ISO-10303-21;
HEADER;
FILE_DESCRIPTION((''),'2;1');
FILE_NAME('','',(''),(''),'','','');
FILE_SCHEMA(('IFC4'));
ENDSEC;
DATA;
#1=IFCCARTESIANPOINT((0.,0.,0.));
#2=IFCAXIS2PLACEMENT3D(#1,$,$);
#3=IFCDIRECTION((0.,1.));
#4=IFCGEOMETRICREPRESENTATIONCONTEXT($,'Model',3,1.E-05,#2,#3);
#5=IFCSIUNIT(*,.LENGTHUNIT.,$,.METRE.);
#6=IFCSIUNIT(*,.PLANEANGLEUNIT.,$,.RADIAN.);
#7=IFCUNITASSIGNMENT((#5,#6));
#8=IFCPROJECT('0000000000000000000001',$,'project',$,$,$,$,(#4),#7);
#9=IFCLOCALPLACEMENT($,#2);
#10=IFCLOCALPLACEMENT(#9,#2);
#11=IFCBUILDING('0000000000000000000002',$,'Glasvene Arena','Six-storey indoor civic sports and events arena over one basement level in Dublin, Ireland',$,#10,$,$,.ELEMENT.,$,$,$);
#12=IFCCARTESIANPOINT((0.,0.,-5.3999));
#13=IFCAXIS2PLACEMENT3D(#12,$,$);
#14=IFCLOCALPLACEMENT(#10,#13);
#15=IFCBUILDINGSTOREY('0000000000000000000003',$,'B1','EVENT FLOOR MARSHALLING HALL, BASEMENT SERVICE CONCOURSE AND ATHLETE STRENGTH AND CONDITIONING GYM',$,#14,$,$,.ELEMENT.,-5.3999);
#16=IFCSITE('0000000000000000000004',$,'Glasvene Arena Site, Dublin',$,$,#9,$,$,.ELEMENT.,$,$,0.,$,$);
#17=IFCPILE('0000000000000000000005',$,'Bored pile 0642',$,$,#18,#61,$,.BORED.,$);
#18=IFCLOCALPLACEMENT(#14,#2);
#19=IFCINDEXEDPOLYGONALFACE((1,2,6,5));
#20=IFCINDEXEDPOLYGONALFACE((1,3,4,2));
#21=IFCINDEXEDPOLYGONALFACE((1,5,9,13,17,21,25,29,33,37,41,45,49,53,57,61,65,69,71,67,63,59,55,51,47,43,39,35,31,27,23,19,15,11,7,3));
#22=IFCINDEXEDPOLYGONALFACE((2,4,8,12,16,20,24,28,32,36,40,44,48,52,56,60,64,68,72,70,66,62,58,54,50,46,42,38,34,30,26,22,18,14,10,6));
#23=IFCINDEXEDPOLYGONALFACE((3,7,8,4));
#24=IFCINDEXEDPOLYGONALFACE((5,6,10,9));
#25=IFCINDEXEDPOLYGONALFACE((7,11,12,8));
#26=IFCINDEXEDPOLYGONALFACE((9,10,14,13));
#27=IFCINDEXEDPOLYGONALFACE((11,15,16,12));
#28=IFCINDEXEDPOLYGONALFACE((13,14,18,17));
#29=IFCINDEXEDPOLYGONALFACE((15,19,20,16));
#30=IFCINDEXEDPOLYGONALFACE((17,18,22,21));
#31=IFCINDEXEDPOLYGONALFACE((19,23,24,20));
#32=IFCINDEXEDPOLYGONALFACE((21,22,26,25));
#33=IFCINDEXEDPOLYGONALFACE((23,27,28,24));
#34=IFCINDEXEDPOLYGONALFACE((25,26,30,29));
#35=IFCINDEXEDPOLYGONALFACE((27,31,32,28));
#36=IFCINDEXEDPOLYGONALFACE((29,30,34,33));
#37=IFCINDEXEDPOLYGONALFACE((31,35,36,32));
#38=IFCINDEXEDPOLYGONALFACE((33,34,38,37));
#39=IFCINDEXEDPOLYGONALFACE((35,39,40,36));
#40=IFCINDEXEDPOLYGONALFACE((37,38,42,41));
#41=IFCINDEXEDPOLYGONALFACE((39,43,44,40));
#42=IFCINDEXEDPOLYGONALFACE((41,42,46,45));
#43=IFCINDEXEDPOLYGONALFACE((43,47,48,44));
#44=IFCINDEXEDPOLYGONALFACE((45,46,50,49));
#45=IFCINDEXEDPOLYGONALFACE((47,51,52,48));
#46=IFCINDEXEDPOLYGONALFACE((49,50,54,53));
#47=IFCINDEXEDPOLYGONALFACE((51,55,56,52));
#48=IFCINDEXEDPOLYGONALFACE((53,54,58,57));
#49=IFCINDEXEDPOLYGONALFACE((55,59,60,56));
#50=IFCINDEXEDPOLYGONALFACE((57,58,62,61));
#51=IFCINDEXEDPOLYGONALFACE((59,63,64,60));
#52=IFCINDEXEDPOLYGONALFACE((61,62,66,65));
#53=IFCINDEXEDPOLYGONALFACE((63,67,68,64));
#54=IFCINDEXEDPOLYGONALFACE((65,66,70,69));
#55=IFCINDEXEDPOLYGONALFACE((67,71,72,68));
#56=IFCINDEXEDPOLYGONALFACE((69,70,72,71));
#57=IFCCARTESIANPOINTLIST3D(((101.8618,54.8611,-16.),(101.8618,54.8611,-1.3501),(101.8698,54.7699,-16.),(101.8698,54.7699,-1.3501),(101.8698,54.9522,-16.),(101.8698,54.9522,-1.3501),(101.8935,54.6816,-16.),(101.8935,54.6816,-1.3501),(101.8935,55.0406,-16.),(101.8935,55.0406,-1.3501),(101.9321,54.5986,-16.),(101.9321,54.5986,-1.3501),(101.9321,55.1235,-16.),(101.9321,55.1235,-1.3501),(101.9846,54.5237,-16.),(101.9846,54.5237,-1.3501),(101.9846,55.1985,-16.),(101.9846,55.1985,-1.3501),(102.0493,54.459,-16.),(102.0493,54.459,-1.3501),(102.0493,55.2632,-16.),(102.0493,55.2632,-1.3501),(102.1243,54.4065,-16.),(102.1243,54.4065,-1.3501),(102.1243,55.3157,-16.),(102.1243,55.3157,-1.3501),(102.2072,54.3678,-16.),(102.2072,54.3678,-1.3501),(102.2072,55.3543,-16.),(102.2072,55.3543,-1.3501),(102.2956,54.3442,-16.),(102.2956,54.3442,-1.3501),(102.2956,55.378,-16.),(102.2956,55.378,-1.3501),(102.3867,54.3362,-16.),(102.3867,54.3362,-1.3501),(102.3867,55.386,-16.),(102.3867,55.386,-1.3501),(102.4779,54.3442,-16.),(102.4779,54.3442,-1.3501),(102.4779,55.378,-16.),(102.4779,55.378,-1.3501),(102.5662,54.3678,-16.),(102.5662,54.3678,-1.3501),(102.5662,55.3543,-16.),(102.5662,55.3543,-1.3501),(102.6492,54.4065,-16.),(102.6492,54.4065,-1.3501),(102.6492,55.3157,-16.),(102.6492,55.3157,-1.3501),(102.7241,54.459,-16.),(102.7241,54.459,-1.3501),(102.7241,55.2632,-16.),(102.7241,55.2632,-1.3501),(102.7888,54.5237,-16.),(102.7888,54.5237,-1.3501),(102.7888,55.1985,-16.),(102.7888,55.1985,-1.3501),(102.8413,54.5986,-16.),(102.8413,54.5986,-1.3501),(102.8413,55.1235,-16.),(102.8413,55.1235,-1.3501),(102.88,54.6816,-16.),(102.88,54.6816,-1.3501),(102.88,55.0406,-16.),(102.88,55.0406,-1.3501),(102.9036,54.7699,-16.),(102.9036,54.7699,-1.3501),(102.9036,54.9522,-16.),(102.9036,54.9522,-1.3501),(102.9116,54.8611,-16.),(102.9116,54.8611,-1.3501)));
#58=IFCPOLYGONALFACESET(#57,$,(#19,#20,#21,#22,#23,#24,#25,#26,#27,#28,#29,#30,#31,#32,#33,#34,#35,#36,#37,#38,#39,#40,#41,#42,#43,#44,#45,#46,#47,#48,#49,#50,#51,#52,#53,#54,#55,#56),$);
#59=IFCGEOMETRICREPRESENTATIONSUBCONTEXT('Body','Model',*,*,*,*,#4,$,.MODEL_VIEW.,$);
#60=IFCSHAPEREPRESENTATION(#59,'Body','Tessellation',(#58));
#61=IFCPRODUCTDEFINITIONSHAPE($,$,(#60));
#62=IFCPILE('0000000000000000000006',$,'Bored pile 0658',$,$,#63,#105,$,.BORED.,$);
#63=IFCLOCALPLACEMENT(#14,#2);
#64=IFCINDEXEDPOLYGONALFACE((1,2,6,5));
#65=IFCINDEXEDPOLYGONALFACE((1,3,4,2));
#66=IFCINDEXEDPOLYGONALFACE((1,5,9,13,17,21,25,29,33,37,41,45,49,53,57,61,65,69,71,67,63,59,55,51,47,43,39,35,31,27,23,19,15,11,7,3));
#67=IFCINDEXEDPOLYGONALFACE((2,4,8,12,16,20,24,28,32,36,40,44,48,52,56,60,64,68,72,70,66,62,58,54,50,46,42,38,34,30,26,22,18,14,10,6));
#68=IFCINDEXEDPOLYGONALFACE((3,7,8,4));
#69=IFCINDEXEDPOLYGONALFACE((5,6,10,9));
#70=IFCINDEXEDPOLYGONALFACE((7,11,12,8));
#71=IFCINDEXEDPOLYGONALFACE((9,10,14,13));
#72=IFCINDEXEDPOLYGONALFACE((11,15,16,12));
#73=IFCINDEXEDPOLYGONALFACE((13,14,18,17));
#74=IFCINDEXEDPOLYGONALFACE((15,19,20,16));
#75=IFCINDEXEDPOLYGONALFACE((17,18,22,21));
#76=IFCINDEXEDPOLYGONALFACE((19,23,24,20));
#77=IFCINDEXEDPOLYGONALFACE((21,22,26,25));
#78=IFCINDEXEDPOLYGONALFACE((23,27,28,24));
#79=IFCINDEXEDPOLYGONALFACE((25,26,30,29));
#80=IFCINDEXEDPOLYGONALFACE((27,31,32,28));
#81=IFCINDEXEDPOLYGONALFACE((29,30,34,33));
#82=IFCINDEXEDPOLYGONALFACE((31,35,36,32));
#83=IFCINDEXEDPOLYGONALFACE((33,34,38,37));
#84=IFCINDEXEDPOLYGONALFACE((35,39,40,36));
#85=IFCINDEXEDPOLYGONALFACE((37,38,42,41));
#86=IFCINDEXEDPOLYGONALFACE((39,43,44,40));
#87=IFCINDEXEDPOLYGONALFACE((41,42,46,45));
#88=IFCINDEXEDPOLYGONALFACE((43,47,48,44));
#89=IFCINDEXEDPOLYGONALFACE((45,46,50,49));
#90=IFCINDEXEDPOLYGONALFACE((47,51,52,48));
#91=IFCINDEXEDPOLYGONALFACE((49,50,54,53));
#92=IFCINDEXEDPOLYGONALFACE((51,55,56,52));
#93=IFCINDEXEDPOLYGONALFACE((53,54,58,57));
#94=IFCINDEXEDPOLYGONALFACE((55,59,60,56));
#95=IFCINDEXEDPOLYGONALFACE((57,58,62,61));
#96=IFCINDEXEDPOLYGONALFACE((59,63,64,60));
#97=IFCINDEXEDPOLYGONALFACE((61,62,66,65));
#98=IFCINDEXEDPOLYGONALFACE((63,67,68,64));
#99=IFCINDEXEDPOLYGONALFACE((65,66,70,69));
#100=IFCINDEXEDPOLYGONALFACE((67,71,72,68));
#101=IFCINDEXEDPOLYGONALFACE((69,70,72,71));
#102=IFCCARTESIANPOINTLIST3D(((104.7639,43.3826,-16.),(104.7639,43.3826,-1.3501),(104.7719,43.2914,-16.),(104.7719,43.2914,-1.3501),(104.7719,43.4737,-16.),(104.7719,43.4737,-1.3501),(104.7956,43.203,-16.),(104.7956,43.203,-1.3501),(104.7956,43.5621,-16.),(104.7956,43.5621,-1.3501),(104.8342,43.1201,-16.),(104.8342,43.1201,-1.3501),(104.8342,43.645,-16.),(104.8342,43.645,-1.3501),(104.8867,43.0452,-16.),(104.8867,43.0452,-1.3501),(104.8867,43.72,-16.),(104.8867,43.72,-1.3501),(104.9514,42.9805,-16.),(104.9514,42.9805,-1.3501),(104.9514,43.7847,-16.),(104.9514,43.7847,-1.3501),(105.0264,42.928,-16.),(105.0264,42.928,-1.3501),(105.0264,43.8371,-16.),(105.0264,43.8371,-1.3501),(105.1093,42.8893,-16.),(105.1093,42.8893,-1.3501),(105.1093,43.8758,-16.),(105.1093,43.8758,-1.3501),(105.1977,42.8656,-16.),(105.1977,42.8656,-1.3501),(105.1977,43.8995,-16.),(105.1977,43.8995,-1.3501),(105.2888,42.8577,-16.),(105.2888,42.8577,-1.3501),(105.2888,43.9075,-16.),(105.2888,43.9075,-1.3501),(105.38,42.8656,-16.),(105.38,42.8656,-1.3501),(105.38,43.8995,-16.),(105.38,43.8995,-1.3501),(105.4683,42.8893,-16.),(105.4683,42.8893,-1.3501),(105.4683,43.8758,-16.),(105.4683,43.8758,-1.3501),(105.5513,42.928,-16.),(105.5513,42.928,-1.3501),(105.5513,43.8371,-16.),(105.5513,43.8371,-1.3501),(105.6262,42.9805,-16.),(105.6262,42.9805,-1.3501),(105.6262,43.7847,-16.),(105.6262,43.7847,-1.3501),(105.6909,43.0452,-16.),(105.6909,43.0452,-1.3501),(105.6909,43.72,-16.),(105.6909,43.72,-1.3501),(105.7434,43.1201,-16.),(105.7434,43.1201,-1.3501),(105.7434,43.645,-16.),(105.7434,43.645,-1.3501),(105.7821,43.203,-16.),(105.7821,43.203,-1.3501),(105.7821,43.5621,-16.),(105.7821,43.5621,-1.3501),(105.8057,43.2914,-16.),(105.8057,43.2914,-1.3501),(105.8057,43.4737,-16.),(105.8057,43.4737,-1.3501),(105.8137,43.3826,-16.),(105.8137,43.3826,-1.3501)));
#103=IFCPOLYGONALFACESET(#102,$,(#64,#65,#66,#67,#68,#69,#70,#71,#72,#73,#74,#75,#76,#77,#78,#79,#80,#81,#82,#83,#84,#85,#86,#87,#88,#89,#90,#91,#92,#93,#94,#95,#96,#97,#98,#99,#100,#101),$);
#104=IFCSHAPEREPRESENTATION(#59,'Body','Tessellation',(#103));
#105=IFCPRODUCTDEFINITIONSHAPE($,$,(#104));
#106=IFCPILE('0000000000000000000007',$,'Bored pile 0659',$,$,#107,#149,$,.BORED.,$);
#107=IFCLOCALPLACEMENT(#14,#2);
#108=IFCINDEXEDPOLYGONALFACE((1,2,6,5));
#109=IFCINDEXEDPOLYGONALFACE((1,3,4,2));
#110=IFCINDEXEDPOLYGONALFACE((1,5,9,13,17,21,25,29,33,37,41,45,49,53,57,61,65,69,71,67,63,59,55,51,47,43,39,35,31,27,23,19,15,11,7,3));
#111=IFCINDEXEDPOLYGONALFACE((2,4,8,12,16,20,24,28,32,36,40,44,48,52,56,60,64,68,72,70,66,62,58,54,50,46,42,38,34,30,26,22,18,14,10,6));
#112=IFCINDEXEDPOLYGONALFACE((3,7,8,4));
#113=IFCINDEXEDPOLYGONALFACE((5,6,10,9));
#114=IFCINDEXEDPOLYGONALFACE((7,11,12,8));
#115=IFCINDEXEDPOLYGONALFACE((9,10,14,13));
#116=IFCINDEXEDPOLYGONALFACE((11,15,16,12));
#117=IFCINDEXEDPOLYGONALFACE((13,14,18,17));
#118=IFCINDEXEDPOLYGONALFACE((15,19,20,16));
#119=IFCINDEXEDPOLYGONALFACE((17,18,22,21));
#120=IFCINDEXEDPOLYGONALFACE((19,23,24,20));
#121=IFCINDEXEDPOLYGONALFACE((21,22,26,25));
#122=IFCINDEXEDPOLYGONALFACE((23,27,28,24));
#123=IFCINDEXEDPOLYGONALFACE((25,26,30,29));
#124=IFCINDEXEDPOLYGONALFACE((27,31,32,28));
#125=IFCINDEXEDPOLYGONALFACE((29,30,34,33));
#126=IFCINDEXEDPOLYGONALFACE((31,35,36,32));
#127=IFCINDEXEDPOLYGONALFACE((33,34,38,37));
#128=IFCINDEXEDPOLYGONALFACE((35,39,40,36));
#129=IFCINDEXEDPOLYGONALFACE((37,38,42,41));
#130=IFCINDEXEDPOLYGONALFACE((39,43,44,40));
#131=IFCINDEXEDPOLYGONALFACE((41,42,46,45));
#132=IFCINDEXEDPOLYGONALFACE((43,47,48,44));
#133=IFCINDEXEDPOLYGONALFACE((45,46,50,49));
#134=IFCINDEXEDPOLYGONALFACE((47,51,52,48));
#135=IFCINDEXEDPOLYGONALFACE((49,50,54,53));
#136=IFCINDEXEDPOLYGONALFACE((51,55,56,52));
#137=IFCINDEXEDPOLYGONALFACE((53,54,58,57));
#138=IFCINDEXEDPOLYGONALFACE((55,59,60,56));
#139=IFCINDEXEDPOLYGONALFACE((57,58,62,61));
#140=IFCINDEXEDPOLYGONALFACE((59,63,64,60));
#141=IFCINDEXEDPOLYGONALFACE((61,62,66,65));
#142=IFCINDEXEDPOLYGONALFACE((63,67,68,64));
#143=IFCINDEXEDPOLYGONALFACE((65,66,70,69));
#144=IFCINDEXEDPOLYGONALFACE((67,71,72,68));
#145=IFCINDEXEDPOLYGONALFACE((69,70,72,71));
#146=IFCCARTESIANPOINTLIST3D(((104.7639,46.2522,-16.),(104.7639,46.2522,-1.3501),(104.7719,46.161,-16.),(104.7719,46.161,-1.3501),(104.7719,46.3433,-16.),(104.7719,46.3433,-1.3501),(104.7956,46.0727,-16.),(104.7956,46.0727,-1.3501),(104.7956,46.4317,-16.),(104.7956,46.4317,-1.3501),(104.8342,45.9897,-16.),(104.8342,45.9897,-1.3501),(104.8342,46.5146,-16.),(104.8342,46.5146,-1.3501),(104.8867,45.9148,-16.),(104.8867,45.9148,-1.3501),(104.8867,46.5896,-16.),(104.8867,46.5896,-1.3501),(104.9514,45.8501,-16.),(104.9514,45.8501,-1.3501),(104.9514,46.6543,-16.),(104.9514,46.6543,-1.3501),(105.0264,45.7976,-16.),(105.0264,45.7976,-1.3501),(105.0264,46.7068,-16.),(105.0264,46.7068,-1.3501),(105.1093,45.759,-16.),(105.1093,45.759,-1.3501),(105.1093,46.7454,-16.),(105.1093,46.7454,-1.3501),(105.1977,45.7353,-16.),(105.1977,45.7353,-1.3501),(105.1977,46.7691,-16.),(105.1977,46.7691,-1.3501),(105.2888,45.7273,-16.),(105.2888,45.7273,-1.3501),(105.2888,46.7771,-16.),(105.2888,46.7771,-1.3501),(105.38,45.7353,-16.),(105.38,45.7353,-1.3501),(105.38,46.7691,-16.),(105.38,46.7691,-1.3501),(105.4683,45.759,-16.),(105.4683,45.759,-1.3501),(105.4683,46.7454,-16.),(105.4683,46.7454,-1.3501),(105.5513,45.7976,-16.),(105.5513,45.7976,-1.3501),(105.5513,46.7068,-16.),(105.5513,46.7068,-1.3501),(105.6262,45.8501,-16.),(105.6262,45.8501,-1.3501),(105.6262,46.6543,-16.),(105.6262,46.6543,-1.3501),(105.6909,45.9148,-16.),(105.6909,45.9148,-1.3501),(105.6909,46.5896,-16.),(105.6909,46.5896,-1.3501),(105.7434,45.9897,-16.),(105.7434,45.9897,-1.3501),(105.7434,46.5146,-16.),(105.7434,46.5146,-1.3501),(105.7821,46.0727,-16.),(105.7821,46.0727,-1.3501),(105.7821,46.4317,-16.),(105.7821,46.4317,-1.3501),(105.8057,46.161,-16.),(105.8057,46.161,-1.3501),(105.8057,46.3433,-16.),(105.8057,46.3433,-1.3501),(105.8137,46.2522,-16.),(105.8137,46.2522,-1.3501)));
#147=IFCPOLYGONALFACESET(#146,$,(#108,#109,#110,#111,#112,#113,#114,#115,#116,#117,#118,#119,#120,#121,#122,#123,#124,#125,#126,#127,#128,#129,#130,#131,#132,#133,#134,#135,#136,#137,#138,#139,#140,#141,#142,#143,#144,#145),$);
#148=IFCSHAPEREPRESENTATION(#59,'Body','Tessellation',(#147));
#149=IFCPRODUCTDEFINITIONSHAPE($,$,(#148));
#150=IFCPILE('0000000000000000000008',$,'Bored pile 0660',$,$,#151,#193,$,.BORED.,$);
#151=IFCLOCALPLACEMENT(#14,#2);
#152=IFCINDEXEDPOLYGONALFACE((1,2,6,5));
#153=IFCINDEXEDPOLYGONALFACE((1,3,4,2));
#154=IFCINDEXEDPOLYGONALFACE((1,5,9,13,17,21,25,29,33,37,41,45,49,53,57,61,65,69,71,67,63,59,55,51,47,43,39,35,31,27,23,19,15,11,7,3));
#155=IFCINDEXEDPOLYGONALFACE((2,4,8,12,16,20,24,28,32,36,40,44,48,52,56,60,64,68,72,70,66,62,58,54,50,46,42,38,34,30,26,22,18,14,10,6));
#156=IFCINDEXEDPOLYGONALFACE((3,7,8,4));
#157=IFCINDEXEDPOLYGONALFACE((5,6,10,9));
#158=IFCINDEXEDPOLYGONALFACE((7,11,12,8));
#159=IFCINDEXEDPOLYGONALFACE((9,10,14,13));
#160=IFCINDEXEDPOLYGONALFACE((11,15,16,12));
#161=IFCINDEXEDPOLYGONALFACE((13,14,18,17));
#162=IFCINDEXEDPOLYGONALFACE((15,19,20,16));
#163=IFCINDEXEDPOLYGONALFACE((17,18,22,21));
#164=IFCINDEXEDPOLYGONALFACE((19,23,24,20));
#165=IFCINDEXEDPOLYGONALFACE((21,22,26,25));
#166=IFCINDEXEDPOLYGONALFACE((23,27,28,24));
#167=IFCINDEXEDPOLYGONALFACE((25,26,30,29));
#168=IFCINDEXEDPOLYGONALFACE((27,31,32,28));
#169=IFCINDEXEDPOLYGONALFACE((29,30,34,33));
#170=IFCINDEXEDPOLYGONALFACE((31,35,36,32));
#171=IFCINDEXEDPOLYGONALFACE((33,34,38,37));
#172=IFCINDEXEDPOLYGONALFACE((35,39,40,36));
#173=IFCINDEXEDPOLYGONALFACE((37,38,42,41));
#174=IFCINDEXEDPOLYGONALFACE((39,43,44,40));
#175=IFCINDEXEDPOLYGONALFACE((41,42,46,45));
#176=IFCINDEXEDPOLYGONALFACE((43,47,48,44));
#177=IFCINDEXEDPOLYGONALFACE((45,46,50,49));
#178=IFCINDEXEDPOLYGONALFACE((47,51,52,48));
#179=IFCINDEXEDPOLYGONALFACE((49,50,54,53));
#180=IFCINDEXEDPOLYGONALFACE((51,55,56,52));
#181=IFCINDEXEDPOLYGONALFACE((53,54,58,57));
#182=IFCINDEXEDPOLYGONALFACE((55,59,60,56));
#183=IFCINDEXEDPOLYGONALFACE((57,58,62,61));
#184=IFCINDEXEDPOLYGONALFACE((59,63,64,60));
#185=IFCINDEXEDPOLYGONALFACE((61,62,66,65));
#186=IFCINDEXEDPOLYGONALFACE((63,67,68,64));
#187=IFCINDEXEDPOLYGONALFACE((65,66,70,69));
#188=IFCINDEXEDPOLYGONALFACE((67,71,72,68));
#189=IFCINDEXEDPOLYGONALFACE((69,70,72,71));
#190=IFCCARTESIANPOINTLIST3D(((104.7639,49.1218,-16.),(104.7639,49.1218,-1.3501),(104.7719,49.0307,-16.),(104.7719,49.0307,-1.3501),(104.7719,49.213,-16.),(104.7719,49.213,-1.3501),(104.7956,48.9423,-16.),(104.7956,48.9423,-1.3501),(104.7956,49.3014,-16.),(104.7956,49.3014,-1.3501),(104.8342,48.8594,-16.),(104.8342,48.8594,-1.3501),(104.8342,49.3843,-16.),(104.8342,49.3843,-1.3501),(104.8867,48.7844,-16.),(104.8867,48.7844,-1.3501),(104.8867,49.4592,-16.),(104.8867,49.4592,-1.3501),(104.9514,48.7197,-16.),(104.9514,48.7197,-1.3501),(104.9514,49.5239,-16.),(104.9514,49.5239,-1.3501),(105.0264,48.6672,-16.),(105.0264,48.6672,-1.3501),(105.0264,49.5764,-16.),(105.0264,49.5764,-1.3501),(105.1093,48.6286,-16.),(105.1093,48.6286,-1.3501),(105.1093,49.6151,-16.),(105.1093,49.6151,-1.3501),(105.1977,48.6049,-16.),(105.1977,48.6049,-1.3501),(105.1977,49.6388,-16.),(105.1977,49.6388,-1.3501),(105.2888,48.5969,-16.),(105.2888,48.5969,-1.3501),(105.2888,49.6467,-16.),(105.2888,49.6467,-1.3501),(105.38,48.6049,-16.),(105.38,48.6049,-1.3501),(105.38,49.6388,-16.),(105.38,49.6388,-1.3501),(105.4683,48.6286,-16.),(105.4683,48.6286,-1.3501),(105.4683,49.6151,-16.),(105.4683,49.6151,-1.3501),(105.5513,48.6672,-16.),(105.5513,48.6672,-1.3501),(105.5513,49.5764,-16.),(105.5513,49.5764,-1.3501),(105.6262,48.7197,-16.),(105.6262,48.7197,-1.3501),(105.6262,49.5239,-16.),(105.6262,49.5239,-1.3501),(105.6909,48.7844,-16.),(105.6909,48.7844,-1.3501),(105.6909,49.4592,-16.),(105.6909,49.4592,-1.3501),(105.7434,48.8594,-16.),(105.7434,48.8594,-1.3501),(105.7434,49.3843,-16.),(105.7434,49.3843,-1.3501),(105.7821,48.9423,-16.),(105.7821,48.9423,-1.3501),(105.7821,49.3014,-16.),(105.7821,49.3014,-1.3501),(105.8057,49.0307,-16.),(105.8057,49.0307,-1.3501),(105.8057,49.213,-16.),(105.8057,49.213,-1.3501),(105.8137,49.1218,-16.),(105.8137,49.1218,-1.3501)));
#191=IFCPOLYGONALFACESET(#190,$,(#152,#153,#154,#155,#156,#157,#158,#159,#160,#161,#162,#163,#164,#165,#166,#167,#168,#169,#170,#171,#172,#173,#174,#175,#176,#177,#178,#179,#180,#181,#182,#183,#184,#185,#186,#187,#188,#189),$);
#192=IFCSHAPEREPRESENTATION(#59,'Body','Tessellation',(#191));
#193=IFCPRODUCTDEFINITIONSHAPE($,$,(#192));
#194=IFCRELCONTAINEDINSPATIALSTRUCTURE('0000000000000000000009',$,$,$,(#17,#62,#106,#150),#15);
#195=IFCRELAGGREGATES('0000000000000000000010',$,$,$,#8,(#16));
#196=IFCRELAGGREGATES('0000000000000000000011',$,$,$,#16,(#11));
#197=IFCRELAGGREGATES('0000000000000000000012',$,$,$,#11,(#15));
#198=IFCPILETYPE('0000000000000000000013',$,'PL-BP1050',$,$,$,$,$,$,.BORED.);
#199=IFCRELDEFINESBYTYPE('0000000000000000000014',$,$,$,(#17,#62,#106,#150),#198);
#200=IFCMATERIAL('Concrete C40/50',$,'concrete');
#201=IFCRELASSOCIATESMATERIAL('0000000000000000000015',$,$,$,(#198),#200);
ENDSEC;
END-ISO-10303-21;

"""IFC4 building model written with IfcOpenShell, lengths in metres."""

from ifc_helpers import new_model, si_unit, direction, frame, origin, origin_2d, place, context, subcontext, project, spatial, circle, extrude, material, material_profile, profile_set, type_object, element, save


model = new_model("IFC4")

# Units and contexts
model_context = context("Model", 3, precision=1e-05, world=origin(), true_north=direction((0.0, 1.0)))
body_context = subcontext(model_context, "Body", "Model", "MODEL_VIEW")
ifc_project = project(units=[si_unit("LENGTHUNIT", "METRE"), si_unit("PLANEANGLEUNIT", "RADIAN")], contexts=[model_context])

# Site, building, storey
site_placement = place(None, origin())
site = spatial("IfcSite", under=ifc_project, at=site_placement, Name="Glasvene Arena Site, Dublin", CompositionType="ELEMENT", RefElevation=0.0)
building_placement = place(site_placement, origin())
building = spatial("IfcBuilding", under=site, at=building_placement, Name="Glasvene Arena", Description="Six-storey indoor civic sports and events arena over one basement level in Dublin, Ireland", CompositionType="ELEMENT")
storey_placement = place(building_placement, frame((0.0, 0.0, -5.3999)))
storey = spatial("IfcBuildingStorey", under=building, at=storey_placement, Name="B1", Description="EVENT FLOOR MARSHALLING HALL, BASEMENT SERVICE CONCOURSE AND ATHLETE STRENGTH AND CONDITIONING GYM", CompositionType="ELEMENT", Elevation=-5.3999)

# Piles
ifc_material_1 = material(Name="Concrete C40/50", Category="concrete")
ifc_material_profile_1 = material_profile(ifc_material_1, circle(Radius=0.5249, at=origin_2d()), Name="BORED PILE 1050")
ifc_profile_set_1 = profile_set([ifc_material_profile_1], Name="Concrete C40/50")
pile_type = type_object("IfcPileType", Name="PL-BP1050", PredefinedType="BORED", material=ifc_profile_set_1)
for number, where, z_axis, x_axis, name in (
    (1, (102.3867, 54.8611, -1.3501), (0.0, 0.0, -1.0), (1.0, 0.0, 0.0), "Bored pile 0642"),
    (2, (105.2888, 43.3826, -1.3501), (0.0, 0.0, -1.0), (1.0, 0.0, 0.0), "Bored pile 0658"),
    (3, (105.2888, 46.2522, -1.3501), (0.0, 0.0, -1.0), (1.0, 0.0, 0.0), "Bored pile 0659"),
    (4, (105.2888, 49.1218, -1.3501), (0.0, 0.0, -1.0), (1.0, 0.0, 0.0), "Bored pile 0660"),
):
    element("IfcPile", number, at=place(storey_placement, frame(where, z_axis=z_axis, x_axis=x_axis)), inside=storey, type_object=pile_type, Name=name, PredefinedType="BORED", context=body_context, shape_type="SweptSolid", body=[
        extrude(circle(Radius=0.5249, at=origin_2d()), origin(), (0.0, 0.0, 1.0), 14.6499),
    ])

save(model, "model.ifc")
